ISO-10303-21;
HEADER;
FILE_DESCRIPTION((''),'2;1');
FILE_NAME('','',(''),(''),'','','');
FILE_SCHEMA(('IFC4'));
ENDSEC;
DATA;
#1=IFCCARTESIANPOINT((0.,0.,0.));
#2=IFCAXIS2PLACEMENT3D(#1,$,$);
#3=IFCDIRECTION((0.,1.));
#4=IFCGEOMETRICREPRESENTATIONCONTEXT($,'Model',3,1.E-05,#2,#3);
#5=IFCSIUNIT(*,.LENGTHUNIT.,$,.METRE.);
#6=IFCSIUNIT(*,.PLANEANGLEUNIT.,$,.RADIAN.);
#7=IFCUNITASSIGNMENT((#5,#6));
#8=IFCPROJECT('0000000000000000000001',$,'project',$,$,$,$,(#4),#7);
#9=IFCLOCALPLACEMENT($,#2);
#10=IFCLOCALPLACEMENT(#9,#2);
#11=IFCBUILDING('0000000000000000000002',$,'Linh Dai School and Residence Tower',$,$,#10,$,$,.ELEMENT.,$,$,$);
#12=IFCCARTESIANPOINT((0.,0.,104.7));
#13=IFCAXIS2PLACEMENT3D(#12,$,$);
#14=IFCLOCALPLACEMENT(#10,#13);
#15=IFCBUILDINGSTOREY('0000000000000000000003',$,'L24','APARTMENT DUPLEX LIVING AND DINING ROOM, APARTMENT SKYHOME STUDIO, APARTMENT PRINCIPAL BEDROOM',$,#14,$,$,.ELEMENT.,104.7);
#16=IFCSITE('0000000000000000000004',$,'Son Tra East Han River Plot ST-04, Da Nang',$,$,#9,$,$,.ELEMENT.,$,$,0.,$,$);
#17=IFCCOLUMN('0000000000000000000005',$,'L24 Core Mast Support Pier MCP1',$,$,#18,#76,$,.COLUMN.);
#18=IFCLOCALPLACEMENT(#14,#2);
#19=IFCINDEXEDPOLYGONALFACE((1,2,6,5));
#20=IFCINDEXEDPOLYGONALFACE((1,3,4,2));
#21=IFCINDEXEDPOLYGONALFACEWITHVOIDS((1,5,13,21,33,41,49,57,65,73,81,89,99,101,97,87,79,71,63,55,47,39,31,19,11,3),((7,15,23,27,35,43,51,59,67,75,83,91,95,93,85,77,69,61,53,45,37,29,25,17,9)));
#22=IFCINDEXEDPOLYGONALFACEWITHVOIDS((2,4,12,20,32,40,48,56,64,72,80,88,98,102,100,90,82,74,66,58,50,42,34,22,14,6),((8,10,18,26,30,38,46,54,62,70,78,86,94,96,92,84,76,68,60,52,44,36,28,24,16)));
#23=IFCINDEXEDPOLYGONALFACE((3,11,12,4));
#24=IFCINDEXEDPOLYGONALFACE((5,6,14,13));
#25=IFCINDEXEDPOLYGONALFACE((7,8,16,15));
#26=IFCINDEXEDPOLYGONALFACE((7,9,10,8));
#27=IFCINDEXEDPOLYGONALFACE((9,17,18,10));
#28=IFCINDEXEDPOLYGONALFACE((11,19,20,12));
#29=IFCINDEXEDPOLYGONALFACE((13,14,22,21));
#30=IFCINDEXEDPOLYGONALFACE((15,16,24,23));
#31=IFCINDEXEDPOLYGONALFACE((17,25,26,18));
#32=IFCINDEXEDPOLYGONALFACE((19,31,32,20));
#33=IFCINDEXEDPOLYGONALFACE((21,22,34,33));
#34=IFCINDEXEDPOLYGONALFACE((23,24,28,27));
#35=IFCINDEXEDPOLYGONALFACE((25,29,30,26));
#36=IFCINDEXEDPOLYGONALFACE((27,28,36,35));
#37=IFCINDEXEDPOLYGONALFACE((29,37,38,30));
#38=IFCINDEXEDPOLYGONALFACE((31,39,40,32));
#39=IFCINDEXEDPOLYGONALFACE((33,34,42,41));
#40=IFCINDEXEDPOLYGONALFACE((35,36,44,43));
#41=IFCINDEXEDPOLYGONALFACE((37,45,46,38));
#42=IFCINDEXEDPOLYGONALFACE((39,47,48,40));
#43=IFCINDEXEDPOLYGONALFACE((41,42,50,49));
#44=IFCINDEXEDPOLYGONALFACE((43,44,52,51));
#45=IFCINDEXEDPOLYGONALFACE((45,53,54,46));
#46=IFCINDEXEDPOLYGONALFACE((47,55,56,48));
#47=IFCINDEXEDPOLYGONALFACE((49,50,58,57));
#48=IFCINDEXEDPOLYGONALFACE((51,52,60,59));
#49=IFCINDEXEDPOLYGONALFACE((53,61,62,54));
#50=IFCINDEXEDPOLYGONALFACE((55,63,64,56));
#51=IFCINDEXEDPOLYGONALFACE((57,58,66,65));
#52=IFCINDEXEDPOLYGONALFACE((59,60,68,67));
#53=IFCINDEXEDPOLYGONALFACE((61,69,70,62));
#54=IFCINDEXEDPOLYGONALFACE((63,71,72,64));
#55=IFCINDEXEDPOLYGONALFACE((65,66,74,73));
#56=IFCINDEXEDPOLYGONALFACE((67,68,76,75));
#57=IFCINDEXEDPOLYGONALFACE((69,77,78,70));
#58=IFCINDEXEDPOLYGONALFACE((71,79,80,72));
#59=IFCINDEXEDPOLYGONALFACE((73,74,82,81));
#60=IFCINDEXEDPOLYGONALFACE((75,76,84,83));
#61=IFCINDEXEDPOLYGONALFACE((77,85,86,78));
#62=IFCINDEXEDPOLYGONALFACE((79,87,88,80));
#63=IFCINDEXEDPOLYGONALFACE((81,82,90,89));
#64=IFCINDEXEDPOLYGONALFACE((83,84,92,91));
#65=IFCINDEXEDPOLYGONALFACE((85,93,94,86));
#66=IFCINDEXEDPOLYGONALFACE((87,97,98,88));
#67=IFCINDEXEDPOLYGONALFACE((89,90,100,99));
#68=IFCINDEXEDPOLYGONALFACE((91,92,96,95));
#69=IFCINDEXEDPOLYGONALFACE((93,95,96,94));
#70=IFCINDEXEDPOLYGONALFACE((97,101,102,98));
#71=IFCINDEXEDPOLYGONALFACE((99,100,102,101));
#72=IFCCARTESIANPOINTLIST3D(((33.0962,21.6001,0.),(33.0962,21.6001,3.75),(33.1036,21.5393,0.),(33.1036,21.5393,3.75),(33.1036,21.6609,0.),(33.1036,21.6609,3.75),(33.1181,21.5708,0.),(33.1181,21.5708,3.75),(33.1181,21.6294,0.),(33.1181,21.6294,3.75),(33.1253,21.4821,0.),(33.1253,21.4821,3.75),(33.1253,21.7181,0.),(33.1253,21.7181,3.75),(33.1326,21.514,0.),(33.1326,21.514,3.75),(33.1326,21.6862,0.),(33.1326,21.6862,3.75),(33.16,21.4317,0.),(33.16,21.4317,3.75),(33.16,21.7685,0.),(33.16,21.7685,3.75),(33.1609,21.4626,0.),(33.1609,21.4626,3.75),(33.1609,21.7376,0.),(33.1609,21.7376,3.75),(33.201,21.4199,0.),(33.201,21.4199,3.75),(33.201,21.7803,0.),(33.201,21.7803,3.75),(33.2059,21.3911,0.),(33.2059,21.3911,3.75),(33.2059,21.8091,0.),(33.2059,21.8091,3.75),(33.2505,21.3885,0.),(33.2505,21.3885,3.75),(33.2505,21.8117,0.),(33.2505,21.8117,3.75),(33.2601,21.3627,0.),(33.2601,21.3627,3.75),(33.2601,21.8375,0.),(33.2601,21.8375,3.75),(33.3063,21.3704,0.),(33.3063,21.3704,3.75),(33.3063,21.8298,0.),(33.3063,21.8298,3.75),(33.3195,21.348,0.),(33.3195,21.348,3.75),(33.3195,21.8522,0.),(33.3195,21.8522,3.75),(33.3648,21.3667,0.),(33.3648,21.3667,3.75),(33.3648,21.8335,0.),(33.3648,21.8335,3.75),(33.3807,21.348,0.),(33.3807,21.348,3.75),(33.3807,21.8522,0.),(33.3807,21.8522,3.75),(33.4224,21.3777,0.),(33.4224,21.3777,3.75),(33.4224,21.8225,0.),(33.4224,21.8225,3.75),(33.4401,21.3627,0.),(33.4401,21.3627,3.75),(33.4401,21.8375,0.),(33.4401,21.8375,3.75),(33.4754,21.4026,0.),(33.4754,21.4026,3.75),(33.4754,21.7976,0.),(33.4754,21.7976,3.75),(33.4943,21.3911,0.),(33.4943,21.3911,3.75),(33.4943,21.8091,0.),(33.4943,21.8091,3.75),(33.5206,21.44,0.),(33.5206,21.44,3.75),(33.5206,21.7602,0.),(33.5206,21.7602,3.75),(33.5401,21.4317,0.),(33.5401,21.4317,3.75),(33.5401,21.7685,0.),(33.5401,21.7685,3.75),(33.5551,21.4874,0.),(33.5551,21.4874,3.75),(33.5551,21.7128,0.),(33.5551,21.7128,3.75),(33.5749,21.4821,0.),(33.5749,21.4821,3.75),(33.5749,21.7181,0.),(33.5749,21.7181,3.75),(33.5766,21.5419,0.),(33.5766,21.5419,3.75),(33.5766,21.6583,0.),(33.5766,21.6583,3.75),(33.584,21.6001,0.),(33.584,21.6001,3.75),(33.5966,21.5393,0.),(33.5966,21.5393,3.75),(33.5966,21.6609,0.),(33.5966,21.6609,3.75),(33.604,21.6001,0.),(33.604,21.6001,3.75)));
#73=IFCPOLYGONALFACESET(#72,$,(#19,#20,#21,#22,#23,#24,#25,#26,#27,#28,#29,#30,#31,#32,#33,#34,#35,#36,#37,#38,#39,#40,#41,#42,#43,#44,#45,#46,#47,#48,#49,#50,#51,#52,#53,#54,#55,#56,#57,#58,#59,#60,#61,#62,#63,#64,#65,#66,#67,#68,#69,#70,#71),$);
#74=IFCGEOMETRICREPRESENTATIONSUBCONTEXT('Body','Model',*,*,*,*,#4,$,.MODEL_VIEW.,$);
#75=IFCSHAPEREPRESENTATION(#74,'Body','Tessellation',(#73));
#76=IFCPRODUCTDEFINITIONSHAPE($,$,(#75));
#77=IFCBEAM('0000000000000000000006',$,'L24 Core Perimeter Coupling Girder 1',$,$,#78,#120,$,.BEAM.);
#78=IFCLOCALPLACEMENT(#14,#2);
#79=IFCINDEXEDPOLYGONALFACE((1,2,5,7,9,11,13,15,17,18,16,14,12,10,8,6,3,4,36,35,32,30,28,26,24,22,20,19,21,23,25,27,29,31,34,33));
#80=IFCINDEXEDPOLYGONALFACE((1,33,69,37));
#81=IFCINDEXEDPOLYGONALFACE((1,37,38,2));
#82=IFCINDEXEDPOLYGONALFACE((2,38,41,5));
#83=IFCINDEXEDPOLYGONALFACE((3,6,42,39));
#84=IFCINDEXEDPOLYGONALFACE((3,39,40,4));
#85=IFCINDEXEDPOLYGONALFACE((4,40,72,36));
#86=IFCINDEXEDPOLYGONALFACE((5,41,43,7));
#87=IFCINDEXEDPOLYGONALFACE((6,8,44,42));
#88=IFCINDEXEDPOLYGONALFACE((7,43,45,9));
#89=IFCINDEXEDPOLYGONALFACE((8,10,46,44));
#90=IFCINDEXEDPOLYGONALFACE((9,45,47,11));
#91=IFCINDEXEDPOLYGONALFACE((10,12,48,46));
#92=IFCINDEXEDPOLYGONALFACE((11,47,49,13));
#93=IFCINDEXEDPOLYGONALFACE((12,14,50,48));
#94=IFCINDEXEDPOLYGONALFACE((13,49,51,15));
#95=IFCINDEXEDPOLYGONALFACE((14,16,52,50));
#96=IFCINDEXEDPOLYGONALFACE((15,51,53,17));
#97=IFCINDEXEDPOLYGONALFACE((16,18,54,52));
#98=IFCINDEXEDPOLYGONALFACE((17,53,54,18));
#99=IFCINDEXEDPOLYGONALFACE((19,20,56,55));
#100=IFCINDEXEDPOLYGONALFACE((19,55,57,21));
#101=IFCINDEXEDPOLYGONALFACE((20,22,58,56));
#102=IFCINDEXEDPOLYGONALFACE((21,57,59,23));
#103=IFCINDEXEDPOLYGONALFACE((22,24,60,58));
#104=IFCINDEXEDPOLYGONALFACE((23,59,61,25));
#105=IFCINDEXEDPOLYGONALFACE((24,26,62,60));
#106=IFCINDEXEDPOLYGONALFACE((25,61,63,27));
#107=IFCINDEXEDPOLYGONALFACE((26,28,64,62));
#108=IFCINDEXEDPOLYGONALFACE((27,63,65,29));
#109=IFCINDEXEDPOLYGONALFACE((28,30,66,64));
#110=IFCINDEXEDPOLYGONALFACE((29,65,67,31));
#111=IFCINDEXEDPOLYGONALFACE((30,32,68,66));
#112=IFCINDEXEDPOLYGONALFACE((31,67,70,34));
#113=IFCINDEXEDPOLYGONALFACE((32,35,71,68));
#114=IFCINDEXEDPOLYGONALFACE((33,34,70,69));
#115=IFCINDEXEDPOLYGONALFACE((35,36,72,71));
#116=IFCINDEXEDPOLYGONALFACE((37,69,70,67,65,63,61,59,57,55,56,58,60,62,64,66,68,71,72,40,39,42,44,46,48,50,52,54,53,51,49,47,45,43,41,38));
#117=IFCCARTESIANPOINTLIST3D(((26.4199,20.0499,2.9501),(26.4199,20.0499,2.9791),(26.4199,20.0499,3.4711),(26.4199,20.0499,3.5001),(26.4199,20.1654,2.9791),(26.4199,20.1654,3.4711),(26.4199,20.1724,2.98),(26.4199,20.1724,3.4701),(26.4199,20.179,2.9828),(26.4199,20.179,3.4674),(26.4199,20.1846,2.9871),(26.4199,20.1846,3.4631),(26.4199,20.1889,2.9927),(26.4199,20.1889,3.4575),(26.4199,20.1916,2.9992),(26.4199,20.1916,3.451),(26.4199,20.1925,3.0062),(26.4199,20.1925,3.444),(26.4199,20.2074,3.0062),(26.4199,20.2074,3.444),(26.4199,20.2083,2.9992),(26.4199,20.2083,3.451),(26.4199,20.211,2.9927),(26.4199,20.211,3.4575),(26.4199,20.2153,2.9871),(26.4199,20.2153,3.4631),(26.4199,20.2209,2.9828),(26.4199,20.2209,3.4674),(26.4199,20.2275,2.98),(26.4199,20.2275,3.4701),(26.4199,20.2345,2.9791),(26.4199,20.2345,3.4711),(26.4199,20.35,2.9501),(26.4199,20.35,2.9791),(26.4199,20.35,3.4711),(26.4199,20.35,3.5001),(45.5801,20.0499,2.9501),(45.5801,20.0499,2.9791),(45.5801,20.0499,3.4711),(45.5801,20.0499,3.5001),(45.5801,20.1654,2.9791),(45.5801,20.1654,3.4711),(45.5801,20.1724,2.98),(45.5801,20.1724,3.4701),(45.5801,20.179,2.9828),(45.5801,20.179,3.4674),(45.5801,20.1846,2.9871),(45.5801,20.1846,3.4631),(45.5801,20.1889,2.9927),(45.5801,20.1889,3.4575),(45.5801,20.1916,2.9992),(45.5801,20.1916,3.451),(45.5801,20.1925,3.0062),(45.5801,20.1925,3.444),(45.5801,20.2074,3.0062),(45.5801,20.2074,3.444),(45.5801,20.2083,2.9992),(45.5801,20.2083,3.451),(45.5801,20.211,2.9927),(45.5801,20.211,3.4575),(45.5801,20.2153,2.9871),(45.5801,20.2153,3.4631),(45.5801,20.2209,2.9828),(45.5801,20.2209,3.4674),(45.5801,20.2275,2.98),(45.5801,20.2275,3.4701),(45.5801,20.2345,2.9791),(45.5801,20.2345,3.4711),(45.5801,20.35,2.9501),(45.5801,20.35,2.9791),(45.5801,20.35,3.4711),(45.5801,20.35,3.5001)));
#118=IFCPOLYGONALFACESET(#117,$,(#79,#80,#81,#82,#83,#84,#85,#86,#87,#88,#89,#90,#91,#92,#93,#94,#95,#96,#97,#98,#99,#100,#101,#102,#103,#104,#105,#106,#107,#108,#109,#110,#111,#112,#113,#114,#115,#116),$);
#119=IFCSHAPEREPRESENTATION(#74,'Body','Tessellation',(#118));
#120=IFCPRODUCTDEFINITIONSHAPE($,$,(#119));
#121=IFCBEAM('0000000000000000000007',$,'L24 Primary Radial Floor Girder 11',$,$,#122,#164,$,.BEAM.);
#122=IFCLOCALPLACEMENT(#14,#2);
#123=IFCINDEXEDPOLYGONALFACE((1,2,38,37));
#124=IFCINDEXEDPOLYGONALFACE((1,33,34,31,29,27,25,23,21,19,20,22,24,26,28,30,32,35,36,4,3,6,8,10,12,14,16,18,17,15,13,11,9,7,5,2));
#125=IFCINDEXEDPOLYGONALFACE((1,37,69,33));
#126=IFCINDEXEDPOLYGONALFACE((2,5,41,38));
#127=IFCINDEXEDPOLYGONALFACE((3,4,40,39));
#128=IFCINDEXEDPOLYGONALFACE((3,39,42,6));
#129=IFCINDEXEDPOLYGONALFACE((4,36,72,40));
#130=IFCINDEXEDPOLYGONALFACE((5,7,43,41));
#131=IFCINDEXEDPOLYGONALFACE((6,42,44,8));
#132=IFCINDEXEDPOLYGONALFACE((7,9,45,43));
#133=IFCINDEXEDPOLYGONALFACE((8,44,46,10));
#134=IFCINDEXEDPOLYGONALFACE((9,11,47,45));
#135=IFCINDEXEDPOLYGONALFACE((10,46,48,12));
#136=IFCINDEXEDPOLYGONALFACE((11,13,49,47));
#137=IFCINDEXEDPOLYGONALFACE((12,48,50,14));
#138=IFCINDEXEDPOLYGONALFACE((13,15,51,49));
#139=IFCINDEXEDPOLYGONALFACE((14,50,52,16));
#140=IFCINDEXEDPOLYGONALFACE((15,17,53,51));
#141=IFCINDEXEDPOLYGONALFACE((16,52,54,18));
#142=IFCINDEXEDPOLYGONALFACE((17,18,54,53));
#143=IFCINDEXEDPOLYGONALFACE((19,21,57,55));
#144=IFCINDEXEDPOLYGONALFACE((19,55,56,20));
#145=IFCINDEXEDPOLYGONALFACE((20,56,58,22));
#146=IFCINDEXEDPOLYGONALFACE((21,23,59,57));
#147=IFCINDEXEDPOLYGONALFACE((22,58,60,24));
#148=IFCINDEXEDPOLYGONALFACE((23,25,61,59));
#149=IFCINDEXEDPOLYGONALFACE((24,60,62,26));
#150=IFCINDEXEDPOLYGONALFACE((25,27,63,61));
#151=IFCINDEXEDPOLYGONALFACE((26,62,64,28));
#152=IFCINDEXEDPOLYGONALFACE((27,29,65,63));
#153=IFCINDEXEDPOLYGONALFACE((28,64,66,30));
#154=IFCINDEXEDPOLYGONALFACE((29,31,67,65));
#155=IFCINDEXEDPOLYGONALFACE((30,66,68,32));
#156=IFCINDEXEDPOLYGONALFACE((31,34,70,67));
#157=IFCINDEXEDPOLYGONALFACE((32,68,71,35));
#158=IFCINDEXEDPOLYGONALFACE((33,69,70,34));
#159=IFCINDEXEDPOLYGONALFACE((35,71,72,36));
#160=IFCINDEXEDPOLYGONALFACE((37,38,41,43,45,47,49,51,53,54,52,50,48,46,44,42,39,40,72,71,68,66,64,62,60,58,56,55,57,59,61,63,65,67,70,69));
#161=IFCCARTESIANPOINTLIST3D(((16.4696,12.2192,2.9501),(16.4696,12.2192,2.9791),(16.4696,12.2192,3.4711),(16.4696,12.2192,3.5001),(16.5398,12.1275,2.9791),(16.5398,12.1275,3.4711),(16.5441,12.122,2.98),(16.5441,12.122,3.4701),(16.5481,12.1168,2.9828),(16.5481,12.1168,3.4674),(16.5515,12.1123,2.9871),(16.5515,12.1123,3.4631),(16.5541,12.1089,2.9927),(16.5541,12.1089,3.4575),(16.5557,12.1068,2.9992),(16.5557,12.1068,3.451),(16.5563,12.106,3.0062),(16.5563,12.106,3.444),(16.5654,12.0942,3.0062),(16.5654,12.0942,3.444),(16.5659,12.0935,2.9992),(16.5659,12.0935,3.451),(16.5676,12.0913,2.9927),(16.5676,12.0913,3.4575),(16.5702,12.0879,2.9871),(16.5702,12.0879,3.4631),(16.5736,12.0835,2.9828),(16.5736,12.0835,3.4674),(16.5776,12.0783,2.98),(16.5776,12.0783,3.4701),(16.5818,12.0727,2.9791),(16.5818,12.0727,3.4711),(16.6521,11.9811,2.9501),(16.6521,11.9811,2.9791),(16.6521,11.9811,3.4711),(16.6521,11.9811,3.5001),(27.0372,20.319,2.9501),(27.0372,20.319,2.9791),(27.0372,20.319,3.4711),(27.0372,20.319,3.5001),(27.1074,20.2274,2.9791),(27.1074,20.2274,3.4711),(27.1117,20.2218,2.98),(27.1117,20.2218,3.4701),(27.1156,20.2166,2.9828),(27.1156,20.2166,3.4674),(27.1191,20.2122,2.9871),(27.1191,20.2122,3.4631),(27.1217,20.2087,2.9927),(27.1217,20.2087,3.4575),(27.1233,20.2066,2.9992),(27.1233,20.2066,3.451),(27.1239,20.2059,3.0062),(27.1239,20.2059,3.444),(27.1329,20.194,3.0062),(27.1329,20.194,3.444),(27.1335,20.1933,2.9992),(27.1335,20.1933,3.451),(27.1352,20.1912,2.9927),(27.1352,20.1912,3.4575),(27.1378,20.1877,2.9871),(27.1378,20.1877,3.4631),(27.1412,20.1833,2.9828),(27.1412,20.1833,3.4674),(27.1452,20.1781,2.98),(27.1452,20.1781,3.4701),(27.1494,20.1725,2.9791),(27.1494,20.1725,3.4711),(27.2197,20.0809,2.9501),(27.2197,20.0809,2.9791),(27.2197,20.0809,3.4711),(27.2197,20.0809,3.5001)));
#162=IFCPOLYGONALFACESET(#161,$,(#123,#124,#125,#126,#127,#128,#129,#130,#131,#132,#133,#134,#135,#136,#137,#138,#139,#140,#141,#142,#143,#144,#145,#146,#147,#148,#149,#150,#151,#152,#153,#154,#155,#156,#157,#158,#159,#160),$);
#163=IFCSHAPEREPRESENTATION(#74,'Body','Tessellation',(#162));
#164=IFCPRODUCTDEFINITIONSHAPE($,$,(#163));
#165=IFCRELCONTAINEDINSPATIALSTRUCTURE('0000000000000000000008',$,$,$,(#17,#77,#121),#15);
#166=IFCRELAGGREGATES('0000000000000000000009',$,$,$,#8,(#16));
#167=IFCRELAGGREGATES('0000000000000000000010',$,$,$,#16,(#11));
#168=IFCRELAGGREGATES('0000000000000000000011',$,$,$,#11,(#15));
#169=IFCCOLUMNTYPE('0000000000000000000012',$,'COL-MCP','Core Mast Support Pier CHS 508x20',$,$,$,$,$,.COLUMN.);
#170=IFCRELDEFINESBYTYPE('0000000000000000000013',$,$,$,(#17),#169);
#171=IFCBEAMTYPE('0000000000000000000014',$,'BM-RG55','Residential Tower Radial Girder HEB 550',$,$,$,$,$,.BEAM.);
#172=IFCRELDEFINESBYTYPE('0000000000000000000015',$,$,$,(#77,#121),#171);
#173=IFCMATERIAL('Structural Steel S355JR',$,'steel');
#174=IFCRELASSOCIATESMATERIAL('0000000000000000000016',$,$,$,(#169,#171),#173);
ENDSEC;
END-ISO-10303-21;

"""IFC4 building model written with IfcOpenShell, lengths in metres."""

from ifc_helpers import new_model, si_unit, direction, frame, origin, origin_2d, place, context, subcontext, project, spatial, hollow_circle, i_section, extrude, material, material_profile, profile_set, type_object, element, save


model = new_model("IFC4")

# Units and contexts
model_context = context("Model", 3, precision=1e-05, world=origin(), true_north=direction((0.0, 1.0)))
body_context = subcontext(model_context, "Body", "Model", "MODEL_VIEW")
ifc_project = project(units=[si_unit("LENGTHUNIT", "METRE"), si_unit("PLANEANGLEUNIT", "RADIAN")], contexts=[model_context])

# Site, building, storey
site_placement = place(None, origin())
site = spatial("IfcSite", under=ifc_project, at=site_placement, Name="Son Tra East Han River Plot ST-04, Da Nang", CompositionType="ELEMENT", RefElevation=0.0)
building_placement = place(site_placement, origin())
building = spatial("IfcBuilding", under=site, at=building_placement, Name="Linh Dai School and Residence Tower", CompositionType="ELEMENT")
storey_placement = place(building_placement, frame((0.0, 0.0, 104.7)))
storey = spatial("IfcBuildingStorey", under=building, at=storey_placement, Name="L24", Description="APARTMENT DUPLEX LIVING AND DINING ROOM, APARTMENT SKYHOME STUDIO, APARTMENT PRINCIPAL BEDROOM", CompositionType="ELEMENT", Elevation=104.7)

# Column
ifc_material_1 = material(Name="Structural Steel S355JR", Category="steel")
ifc_material_profile_1 = material_profile(ifc_material_1, hollow_circle(Radius=0.2539, WallThickness=0.02, at=origin_2d()), Name="CHS 508x20")
ifc_profile_set_1 = profile_set([ifc_material_profile_1], Name="Structural Steel S355JR")
column_type = type_object("IfcColumnType", Name="COL-MCP", Description="Core Mast Support Pier CHS 508x20", PredefinedType="COLUMN", material=ifc_profile_set_1)
column_placement = place(storey_placement, frame((33.3501, 21.6001, 0.0), z_axis=(0.0, 0.0, 1.0), x_axis=(1.0, 0.0, 0.0)))
element("IfcColumn", 1, at=column_placement, inside=storey, type_object=column_type, Name="L24 Core Mast Support Pier MCP1", PredefinedType="COLUMN", context=body_context, shape_type="SweptSolid", body=[
    extrude(hollow_circle(Radius=0.2539, WallThickness=0.02, at=origin_2d()), origin(), (0.0, 0.0, 1.0), 3.75),
])

# Beams
ifc_material_profile_2 = material_profile(ifc_material_1, i_section(OverallWidth=0.3, OverallDepth=0.55, WebThickness=0.0149, FlangeThickness=0.0291, FilletRadius=0.0271, at=origin_2d()), Name="HEB 550")
ifc_profile_set_2 = profile_set([ifc_material_profile_2], Name="Structural Steel S355JR")
beam_type_1 = type_object("IfcBeamType", Name="BM-RG55", Description="Residential Tower Radial Girder HEB 550", PredefinedType="BEAM", material=ifc_profile_set_2)
beam_1_placement = place(storey_placement, frame((26.4199, 20.2, 3.2251), z_axis=(1.0, 0.0, 0.0), x_axis=(0.0, 1.0, 0.0)))
element("IfcBeam", 2, at=beam_1_placement, inside=storey, type_object=beam_type_1, Name="L24 Core Perimeter Coupling Girder 1", PredefinedType="BEAM", context=body_context, shape_type="SweptSolid", body=[
    extrude(i_section(OverallWidth=0.3, OverallDepth=0.55, WebThickness=0.0149, FlangeThickness=0.0291, FilletRadius=0.0271, at=origin_2d()), origin(), (0.0, 0.0, 1.0), 19.1602),
])
beam_2_placement = place(storey_placement, frame((27.1284, 20.2, 3.2251), z_axis=(-0.793679, -0.608337, 0.0), x_axis=(0.608337, -0.793679, 0.0)))
element("IfcBeam", 3, at=beam_2_placement, inside=storey, type_object=beam_type_1, Name="L24 Primary Radial Floor Girder 11", PredefinedType="BEAM", context=body_context, shape_type="SweptSolid", body=[
    extrude(i_section(OverallWidth=0.3, OverallDepth=0.55, WebThickness=0.0149, FlangeThickness=0.0291, FilletRadius=0.0271, at=origin_2d()), origin(), (0.0, 0.0, 1.0), 13.3147),
])

save(model, "model.ifc")
